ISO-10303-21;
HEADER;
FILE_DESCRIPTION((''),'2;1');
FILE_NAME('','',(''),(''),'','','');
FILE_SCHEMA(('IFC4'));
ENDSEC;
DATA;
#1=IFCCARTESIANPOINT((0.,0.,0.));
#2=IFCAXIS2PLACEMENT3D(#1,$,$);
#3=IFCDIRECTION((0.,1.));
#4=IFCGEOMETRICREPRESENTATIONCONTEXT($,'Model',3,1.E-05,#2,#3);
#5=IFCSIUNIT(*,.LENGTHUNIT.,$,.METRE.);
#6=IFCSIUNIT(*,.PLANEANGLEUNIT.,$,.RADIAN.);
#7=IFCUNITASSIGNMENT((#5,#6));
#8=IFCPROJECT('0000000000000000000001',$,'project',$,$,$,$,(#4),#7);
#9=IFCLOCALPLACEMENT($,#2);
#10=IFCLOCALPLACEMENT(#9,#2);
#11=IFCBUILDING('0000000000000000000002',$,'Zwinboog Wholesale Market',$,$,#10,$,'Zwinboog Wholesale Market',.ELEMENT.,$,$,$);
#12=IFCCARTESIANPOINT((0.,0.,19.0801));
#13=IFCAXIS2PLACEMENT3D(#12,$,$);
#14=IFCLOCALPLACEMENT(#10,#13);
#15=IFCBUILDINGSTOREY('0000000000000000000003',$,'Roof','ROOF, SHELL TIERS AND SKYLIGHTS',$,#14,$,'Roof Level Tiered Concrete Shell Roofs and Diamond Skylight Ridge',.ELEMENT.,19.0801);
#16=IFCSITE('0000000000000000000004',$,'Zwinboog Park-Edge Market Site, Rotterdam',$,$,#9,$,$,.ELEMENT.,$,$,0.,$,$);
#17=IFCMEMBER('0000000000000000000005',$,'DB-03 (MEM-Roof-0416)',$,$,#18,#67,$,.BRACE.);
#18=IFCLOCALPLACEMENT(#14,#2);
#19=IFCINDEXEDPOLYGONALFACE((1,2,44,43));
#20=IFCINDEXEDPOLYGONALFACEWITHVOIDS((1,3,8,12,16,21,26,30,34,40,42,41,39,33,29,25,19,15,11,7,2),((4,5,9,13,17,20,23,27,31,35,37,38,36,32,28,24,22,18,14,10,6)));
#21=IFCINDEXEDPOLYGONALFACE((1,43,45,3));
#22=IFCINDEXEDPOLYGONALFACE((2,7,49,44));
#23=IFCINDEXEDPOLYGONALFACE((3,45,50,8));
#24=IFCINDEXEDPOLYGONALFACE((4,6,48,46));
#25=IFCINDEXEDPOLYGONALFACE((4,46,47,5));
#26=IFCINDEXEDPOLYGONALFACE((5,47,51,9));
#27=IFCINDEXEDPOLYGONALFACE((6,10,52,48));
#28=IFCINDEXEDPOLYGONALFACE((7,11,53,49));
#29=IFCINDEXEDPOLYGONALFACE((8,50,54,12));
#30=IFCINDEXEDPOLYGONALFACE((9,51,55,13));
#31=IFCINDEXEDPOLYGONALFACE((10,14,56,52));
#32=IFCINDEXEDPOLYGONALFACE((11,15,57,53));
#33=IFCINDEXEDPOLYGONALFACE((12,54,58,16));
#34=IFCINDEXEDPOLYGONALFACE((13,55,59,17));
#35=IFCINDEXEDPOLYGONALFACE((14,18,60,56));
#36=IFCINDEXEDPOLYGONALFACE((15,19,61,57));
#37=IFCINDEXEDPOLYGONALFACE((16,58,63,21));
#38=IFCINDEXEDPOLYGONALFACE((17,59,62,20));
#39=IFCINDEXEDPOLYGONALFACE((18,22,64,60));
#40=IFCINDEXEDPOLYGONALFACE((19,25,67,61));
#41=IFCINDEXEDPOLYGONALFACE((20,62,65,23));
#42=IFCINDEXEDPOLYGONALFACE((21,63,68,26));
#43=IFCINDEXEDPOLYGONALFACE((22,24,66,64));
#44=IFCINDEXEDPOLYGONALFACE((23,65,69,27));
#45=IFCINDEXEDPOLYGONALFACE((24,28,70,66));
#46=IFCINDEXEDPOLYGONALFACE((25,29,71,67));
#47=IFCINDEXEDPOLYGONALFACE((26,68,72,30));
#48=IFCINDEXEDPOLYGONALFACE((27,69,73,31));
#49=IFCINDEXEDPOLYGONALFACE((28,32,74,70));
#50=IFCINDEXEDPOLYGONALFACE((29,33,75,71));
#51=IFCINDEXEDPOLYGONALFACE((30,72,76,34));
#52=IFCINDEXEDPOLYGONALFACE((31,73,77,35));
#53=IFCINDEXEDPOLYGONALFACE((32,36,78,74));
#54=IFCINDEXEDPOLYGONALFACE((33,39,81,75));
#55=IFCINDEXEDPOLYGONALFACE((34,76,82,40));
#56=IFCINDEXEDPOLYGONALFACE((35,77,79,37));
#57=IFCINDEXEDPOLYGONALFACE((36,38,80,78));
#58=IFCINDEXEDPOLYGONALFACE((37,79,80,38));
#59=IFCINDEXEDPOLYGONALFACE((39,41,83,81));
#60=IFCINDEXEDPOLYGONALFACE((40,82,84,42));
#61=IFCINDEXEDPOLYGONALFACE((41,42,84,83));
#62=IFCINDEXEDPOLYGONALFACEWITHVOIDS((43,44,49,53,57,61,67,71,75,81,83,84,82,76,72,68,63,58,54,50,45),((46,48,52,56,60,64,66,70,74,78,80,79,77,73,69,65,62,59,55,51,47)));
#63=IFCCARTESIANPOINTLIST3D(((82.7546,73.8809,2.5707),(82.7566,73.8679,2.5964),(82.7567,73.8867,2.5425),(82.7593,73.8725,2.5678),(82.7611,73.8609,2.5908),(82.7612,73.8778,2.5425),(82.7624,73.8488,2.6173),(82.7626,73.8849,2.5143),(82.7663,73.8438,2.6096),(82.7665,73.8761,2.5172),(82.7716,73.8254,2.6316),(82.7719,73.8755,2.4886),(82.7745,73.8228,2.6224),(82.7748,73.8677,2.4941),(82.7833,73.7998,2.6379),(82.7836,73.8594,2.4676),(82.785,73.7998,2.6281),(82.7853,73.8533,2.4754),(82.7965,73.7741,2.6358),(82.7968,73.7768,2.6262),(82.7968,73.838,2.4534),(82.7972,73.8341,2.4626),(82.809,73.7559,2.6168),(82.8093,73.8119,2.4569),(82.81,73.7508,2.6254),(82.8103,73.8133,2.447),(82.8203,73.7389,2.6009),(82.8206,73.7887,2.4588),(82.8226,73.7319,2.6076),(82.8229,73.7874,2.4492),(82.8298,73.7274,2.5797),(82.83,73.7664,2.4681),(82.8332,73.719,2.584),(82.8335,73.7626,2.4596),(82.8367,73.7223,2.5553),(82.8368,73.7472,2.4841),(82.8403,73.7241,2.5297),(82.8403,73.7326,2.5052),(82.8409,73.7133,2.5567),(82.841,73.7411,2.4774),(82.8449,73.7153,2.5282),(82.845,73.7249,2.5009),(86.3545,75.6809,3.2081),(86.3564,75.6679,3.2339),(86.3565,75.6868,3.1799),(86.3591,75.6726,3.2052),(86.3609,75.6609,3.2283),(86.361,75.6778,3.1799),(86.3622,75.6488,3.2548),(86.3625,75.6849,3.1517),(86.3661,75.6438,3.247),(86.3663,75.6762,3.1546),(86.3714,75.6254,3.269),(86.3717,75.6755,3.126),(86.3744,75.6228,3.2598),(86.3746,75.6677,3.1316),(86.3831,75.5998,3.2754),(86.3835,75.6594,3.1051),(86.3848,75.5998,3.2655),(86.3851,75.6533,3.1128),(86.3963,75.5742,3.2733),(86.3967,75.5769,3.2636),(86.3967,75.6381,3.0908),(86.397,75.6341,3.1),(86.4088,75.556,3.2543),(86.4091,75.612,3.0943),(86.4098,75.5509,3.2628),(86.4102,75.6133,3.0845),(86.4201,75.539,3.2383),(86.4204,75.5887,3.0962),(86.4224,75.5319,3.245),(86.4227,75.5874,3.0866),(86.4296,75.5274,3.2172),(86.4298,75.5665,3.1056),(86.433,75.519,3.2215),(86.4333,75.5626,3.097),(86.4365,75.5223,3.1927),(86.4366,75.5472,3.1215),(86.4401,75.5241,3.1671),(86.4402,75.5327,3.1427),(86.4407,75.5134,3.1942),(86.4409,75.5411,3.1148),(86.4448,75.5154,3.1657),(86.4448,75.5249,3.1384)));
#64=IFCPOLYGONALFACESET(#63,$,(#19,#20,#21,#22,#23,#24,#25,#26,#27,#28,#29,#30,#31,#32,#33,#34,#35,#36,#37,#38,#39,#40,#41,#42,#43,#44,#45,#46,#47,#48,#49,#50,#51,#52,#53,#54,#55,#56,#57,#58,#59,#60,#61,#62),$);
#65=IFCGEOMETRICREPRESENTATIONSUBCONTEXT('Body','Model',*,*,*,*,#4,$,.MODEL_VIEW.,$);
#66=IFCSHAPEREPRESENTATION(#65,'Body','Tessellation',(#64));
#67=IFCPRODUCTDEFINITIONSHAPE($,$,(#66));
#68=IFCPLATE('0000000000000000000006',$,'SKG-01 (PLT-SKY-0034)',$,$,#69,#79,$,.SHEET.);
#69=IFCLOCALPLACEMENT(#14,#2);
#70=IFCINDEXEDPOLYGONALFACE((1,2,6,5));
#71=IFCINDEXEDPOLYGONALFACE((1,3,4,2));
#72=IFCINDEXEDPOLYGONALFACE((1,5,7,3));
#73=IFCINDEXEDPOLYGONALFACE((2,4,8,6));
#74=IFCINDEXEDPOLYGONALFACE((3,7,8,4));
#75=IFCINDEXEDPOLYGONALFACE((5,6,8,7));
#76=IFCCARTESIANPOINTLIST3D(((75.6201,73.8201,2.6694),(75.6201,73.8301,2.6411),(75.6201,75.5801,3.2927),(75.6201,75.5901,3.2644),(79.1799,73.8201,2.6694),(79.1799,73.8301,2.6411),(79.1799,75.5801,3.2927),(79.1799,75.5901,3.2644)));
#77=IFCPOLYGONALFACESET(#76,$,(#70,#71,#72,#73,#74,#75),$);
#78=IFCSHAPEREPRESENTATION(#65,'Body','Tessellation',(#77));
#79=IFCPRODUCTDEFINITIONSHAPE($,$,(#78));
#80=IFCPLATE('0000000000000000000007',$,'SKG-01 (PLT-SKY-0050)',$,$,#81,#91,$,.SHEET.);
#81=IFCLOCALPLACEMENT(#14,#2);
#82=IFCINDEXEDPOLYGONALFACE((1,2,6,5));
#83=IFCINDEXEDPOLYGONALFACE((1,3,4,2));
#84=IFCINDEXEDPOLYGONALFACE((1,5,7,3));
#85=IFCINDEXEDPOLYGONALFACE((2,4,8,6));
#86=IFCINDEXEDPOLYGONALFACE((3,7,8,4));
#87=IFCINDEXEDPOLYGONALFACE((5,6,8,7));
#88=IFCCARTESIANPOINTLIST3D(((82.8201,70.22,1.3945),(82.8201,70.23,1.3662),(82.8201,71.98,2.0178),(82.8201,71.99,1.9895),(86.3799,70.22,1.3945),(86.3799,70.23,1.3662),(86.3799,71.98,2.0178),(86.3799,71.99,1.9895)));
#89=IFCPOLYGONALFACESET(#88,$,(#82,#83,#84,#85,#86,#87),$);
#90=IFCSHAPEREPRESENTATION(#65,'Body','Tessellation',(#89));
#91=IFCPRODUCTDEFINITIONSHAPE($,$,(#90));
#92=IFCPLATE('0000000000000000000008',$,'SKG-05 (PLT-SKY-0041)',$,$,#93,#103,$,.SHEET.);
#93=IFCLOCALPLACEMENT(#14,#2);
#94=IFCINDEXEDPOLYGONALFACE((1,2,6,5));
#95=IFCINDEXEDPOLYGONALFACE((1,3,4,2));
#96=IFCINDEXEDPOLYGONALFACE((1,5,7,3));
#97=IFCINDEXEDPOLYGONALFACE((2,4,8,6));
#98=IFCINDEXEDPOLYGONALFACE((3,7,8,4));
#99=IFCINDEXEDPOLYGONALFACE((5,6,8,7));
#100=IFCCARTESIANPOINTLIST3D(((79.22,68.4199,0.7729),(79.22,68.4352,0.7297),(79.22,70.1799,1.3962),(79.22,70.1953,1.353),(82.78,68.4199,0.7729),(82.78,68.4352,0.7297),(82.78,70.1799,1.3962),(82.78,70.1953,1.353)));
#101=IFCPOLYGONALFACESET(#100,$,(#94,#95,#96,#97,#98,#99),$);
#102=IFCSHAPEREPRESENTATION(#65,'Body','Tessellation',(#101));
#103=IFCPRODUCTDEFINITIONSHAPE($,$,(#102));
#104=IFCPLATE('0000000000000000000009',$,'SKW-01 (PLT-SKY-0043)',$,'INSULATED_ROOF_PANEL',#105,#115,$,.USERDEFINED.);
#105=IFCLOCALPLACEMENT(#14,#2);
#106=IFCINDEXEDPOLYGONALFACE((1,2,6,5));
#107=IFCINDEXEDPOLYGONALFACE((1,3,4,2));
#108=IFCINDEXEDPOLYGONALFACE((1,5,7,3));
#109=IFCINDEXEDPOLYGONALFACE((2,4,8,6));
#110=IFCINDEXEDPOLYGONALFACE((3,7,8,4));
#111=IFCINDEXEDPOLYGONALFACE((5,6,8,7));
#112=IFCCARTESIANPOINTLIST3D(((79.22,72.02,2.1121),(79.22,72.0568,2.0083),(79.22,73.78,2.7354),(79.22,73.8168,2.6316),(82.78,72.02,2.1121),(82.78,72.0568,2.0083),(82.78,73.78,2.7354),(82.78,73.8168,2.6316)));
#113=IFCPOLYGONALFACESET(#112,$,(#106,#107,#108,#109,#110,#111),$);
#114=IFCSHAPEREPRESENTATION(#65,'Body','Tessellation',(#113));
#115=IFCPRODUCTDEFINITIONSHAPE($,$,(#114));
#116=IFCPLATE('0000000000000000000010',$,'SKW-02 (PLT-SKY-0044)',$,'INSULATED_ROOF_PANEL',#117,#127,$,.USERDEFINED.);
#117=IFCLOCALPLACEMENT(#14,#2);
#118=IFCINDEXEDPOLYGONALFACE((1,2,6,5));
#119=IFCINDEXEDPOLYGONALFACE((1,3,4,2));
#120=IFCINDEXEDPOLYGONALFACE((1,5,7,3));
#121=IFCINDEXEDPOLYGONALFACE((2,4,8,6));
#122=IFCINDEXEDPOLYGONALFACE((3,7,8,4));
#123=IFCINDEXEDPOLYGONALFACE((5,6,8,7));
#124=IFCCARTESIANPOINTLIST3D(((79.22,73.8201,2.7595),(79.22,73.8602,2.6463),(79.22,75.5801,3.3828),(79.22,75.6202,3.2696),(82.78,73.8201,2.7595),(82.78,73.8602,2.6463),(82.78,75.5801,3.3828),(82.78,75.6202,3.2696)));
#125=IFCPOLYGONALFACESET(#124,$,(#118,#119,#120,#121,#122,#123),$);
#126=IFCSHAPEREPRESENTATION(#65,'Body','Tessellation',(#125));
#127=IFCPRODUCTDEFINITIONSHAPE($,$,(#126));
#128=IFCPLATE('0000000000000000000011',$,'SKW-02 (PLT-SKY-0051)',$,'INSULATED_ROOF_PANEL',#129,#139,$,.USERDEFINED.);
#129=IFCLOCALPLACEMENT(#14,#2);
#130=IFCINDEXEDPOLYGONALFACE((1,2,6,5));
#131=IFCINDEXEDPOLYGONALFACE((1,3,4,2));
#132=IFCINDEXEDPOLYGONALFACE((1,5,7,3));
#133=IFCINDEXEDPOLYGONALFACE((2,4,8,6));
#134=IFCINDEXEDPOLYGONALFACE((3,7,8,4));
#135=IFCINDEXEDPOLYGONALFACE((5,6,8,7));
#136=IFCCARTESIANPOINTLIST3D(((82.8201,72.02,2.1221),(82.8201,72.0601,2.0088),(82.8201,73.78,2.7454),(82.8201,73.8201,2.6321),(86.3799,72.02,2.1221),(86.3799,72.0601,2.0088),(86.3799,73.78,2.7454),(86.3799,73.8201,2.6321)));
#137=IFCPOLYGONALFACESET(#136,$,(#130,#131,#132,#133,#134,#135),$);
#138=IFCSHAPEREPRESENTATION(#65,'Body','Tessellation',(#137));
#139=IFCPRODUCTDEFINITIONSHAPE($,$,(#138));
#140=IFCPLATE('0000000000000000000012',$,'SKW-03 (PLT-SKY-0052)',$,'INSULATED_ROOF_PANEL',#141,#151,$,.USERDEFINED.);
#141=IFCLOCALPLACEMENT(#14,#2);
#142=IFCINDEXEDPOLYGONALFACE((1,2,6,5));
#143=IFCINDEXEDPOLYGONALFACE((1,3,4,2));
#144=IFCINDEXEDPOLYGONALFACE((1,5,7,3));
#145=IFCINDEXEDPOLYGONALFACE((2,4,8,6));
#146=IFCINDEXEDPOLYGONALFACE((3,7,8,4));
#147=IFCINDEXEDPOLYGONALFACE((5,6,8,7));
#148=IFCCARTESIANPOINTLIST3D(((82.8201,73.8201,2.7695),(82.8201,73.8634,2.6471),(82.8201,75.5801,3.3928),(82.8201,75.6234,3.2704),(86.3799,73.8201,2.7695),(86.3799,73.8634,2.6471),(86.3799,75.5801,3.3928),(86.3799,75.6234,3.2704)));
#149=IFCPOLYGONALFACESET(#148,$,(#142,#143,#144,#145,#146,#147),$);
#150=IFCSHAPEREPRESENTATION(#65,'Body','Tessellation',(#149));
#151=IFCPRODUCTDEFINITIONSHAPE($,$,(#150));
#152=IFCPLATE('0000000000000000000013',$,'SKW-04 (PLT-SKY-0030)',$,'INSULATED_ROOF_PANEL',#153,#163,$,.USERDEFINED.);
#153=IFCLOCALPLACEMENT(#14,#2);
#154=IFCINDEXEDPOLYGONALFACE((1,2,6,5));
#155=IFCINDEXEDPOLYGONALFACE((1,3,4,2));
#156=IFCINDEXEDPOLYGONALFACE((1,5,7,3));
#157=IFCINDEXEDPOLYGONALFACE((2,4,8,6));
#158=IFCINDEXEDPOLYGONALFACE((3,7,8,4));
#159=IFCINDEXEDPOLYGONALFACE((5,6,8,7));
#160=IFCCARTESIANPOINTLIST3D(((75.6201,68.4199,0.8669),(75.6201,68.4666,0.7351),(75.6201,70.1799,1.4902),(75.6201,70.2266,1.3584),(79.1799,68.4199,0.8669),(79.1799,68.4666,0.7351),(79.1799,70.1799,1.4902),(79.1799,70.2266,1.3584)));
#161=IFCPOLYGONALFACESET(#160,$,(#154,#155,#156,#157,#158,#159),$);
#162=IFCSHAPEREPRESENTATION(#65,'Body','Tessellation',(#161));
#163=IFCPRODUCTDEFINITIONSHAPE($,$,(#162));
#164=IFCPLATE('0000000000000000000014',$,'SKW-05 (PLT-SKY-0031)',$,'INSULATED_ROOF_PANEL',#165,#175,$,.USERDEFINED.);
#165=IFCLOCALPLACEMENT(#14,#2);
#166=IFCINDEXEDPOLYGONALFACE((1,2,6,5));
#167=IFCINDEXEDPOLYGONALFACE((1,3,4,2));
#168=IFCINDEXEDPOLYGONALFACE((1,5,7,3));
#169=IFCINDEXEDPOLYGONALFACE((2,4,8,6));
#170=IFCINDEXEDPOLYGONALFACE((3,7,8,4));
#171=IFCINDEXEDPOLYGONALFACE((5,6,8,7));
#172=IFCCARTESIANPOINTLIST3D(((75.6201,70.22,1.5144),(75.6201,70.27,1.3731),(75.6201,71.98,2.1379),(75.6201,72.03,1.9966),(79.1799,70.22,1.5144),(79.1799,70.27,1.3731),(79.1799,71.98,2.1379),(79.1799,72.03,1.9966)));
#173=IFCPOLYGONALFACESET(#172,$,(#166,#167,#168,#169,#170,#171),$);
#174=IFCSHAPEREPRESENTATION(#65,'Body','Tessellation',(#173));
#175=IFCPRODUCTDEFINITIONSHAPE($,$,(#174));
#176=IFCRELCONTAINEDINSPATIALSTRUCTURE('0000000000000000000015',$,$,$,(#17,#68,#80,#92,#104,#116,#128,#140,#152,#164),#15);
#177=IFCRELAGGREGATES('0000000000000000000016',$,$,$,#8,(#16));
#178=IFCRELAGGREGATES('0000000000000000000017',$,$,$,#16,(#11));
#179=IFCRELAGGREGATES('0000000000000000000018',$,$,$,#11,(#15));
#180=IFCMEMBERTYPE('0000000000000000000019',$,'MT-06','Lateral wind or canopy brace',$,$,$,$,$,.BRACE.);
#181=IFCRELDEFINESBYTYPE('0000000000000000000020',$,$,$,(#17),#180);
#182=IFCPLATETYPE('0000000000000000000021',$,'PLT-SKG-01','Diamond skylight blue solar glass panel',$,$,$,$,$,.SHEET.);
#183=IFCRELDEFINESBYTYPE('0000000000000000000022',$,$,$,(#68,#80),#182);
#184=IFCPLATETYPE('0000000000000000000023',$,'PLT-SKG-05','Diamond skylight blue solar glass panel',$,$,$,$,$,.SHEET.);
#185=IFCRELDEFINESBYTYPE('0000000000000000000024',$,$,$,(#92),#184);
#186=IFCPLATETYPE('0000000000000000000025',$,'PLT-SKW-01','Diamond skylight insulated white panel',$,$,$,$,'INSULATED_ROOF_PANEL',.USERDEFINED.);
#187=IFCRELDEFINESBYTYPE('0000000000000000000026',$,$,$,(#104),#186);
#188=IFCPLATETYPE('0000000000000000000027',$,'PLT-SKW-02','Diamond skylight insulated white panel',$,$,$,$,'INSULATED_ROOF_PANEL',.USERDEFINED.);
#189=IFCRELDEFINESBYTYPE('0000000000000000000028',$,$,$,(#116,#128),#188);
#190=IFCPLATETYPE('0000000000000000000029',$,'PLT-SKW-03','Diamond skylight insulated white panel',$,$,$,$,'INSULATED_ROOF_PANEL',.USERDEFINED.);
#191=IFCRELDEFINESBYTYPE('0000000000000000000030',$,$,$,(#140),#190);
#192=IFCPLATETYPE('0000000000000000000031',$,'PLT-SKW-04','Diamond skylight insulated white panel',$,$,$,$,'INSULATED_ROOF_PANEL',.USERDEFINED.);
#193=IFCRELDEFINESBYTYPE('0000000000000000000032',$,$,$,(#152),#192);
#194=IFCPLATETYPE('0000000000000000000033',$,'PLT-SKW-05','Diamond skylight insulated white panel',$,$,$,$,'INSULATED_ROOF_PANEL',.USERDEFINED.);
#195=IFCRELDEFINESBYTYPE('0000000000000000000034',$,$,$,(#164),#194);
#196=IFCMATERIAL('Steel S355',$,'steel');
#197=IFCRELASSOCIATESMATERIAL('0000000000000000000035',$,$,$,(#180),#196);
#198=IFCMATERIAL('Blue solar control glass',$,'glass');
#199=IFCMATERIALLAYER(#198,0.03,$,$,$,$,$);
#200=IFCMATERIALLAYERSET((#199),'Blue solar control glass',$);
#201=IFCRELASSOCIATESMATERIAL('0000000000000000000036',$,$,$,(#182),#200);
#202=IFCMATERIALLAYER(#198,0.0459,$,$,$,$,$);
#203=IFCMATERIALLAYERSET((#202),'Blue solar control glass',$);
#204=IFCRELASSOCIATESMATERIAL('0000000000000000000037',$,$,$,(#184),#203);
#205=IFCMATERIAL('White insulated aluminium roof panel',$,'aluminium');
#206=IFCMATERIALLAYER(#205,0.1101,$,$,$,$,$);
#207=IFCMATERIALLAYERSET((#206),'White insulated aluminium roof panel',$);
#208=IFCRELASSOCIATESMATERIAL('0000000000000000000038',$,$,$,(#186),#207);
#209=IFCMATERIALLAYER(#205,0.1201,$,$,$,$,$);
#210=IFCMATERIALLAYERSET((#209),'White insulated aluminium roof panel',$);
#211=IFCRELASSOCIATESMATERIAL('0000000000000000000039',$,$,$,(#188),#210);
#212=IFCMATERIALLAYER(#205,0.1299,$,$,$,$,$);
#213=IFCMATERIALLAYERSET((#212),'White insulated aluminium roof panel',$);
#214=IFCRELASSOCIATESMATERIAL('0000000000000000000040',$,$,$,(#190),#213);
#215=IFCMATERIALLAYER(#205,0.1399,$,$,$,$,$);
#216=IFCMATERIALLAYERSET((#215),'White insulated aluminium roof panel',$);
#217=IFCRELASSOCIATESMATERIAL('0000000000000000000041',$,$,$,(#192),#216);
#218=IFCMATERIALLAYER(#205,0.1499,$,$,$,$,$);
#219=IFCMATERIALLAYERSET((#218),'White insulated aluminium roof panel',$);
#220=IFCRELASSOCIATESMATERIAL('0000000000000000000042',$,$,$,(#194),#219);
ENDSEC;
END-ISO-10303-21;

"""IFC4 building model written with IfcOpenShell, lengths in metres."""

from ifc_helpers import new_model, si_unit, direction, frame, origin, origin_2d, place, context, subcontext, project, spatial, polyline, hollow_circle, outline, extrude, material, layer, layer_set, material_profile, profile_set, type_object, element, save


model = new_model("IFC4")

# Units and contexts
model_context = context("Model", 3, precision=1e-05, world=origin(), true_north=direction((0.0, 1.0)))
body_context = subcontext(model_context, "Body", "Model", "MODEL_VIEW")
ifc_project = project(units=[si_unit("LENGTHUNIT", "METRE"), si_unit("PLANEANGLEUNIT", "RADIAN")], contexts=[model_context])

# Site, building, storey
site_placement = place(None, origin())
site = spatial("IfcSite", under=ifc_project, at=site_placement, Name="Zwinboog Park-Edge Market Site, Rotterdam", CompositionType="ELEMENT", RefElevation=0.0)
building_placement = place(site_placement, origin())
building = spatial("IfcBuilding", under=site, at=building_placement, Name="Zwinboog Wholesale Market", LongName="Zwinboog Wholesale Market", CompositionType="ELEMENT")
storey_placement = place(building_placement, frame((0.0, 0.0, 19.0801)))
storey = spatial("IfcBuildingStorey", under=building, at=storey_placement, Name="Roof", Description="ROOF, SHELL TIERS AND SKYLIGHTS", LongName="Roof Level Tiered Concrete Shell Roofs and Diamond Skylight Ridge", CompositionType="ELEMENT", Elevation=19.0801)

# Member
ifc_material_1 = material(Name="Steel S355", Category="steel")
ifc_material_profile_1 = material_profile(ifc_material_1, hollow_circle(Radius=0.0969, WallThickness=0.01, at=origin_2d()), Name="CHS 193.7x10")
ifc_profile_set_1 = profile_set([ifc_material_profile_1], Name="Steel S355")
member_type_1 = type_object("IfcMemberType", Name="MT-06", Description="Lateral wind or canopy brace", PredefinedType="BRACE", material=ifc_profile_set_1)
for number, where, z_axis, x_axis, name in (
    (1, (82.8, 73.8, 2.5425), (0.883404, 0.441732, 0.15643), (-0.447238, 0.894415, 0.0), "DB-03 (MEM-Roof-0416)"),
):
    element("IfcMember", number, at=place(storey_placement, frame(where, z_axis=z_axis, x_axis=x_axis)), inside=storey, type_object=member_type_1, Name=name, PredefinedType="BRACE", context=body_context, shape_type="SweptSolid", body=[
        extrude(hollow_circle(Radius=0.0969, WallThickness=0.01, at=origin_2d()), origin(), (0.0, 0.0, 1.0), 4.075),
    ])

# Plates
ifc_material_2 = material(Name="Blue solar control glass", Category="glass")
ifc_layer_1 = layer(ifc_material_2, 0.03)
ifc_layer_set_1 = layer_set([ifc_layer_1], Name="Blue solar control glass")
plate_type_1 = type_object("IfcPlateType", Name="PLT-SKG-01", Description="Diamond skylight blue solar glass panel", PredefinedType="SHEET", material=ifc_layer_set_1)
for number, where, z_axis, x_axis, name in (
    (2, (75.6201, 73.8201, 2.6694), (0.0, -0.333825, 0.942635), (1.0, 0.0, 0.0), "SKG-01 (PLT-SKY-0034)"),
    (3, (82.8201, 70.22, 1.3945), (0.0, -0.333825, 0.942635), (1.0, 0.0, 0.0), "SKG-01 (PLT-SKY-0050)"),
):
    element("IfcPlate", number, at=place(storey_placement, frame(where, z_axis=z_axis, x_axis=x_axis)), inside=storey, type_object=plate_type_1, Name=name, PredefinedType="SHEET", context=body_context, shape_type="SweptSolid", body=[
        extrude(outline(polyline([(0.0, 0.0), (3.5598, 0.0), (3.5598, 1.8671), (0.0, 1.8671), (0.0, 0.0)])), origin(), (0.0, 0.0, -1.0), 0.03),
    ])
ifc_layer_2 = layer(ifc_material_2, 0.0459)
ifc_layer_set_2 = layer_set([ifc_layer_2], Name="Blue solar control glass")
plate_type_2 = type_object("IfcPlateType", Name="PLT-SKG-05", Description="Diamond skylight blue solar glass panel", PredefinedType="SHEET", material=ifc_layer_set_2)
plate_1_placement = place(storey_placement, frame((79.22, 68.4199, 0.7729), z_axis=(0.0, -0.333825, 0.942635), x_axis=(1.0, 0.0, 0.0)))
element("IfcPlate", 4, at=plate_1_placement, inside=storey, type_object=plate_type_2, Name="SKG-05 (PLT-SKY-0041)", PredefinedType="SHEET", context=body_context, shape_type="SweptSolid", body=[
    extrude(outline(polyline([(0.0, 0.0), (3.5601, 0.0), (3.5601, 1.8671), (0.0, 1.8671), (0.0, 0.0)])), origin(), (0.0, 0.0, -1.0), 0.0459),
])
ifc_material_3 = material(Name="White insulated aluminium roof panel", Category="aluminium")
ifc_layer_3 = layer(ifc_material_3, 0.1101)
ifc_layer_set_3 = layer_set([ifc_layer_3], Name="White insulated aluminium roof panel")
plate_type_3 = type_object("IfcPlateType", Name="PLT-SKW-01", Description="Diamond skylight insulated white panel", ElementType="INSULATED_ROOF_PANEL", PredefinedType="USERDEFINED", material=ifc_layer_set_3)
plate_2_placement = place(storey_placement, frame((79.22, 72.02, 2.1121), z_axis=(0.0, -0.333825, 0.942635), x_axis=(1.0, 0.0, 0.0)))
element("IfcPlate", 5, at=plate_2_placement, inside=storey, type_object=plate_type_3, Name="SKW-01 (PLT-SKY-0043)", ObjectType="INSULATED_ROOF_PANEL", PredefinedType="USERDEFINED", context=body_context, shape_type="SweptSolid", body=[
    extrude(outline(polyline([(0.0, 0.0), (3.5601, 0.0), (3.5601, 1.8671), (0.0, 1.8671), (0.0, 0.0)])), origin(), (0.0, 0.0, -1.0), 0.1101),
])
ifc_layer_4 = layer(ifc_material_3, 0.1201)
ifc_layer_set_4 = layer_set([ifc_layer_4], Name="White insulated aluminium roof panel")
plate_type_4 = type_object("IfcPlateType", Name="PLT-SKW-02", Description="Diamond skylight insulated white panel", ElementType="INSULATED_ROOF_PANEL", PredefinedType="USERDEFINED", material=ifc_layer_set_4)
plate_3_placement = place(storey_placement, frame((79.22, 73.8201, 2.7595), z_axis=(0.0, -0.333825, 0.942635), x_axis=(1.0, 0.0, 0.0)))
element("IfcPlate", 6, at=plate_3_placement, inside=storey, type_object=plate_type_4, Name="SKW-02 (PLT-SKY-0044)", ObjectType="INSULATED_ROOF_PANEL", PredefinedType="USERDEFINED", context=body_context, shape_type="SweptSolid", body=[
    extrude(outline(polyline([(0.0, 0.0), (3.5601, 0.0), (3.5601, 1.8671), (0.0, 1.8671), (0.0, 0.0)])), origin(), (0.0, 0.0, -1.0), 0.1201),
])
plate_4_placement = place(storey_placement, frame((82.8201, 72.02, 2.1221), z_axis=(0.0, -0.333825, 0.942635), x_axis=(1.0, 0.0, 0.0)))
element("IfcPlate", 7, at=plate_4_placement, inside=storey, type_object=plate_type_4, Name="SKW-02 (PLT-SKY-0051)", ObjectType="INSULATED_ROOF_PANEL", PredefinedType="USERDEFINED", context=body_context, shape_type="SweptSolid", body=[
    extrude(outline(polyline([(0.0, 0.0), (3.5598, 0.0), (3.5598, 1.8671), (0.0, 1.8671), (0.0, 0.0)])), origin(), (0.0, 0.0, -1.0), 0.1201),
])
ifc_layer_5 = layer(ifc_material_3, 0.1299)
ifc_layer_set_5 = layer_set([ifc_layer_5], Name="White insulated aluminium roof panel")
plate_type_5 = type_object("IfcPlateType", Name="PLT-SKW-03", Description="Diamond skylight insulated white panel", ElementType="INSULATED_ROOF_PANEL", PredefinedType="USERDEFINED", material=ifc_layer_set_5)
plate_5_placement = place(storey_placement, frame((82.8201, 73.8201, 2.7695), z_axis=(0.0, -0.333825, 0.942635), x_axis=(1.0, 0.0, 0.0)))
element("IfcPlate", 8, at=plate_5_placement, inside=storey, type_object=plate_type_5, Name="SKW-03 (PLT-SKY-0052)", ObjectType="INSULATED_ROOF_PANEL", PredefinedType="USERDEFINED", context=body_context, shape_type="SweptSolid", body=[
    extrude(outline(polyline([(0.0, 0.0), (3.5598, 0.0), (3.5598, 1.8671), (0.0, 1.8671), (0.0, 0.0)])), origin(), (0.0, 0.0, -1.0), 0.1299),
])
ifc_layer_6 = layer(ifc_material_3, 0.1399)
ifc_layer_set_6 = layer_set([ifc_layer_6], Name="White insulated aluminium roof panel")
plate_type_6 = type_object("IfcPlateType", Name="PLT-SKW-04", Description="Diamond skylight insulated white panel", ElementType="INSULATED_ROOF_PANEL", PredefinedType="USERDEFINED", material=ifc_layer_set_6)
plate_6_placement = place(storey_placement, frame((75.6201, 68.4199, 0.8669), z_axis=(0.0, -0.333825, 0.942635), x_axis=(1.0, 0.0, 0.0)))
element("IfcPlate", 9, at=plate_6_placement, inside=storey, type_object=plate_type_6, Name="SKW-04 (PLT-SKY-0030)", ObjectType="INSULATED_ROOF_PANEL", PredefinedType="USERDEFINED", context=body_context, shape_type="SweptSolid", body=[
    extrude(outline(polyline([(0.0, 0.0), (3.5598, 0.0), (3.5598, 1.8671), (0.0, 1.8671), (0.0, 0.0)])), origin(), (0.0, 0.0, -1.0), 0.1399),
])
ifc_layer_7 = layer(ifc_material_3, 0.1499)
ifc_layer_set_7 = layer_set([ifc_layer_7], Name="White insulated aluminium roof panel")
plate_type_7 = type_object("IfcPlateType", Name="PLT-SKW-05", Description="Diamond skylight insulated white panel", ElementType="INSULATED_ROOF_PANEL", PredefinedType="USERDEFINED", material=ifc_layer_set_7)
plate_7_placement = place(storey_placement, frame((75.6201, 70.22, 1.5144), z_axis=(0.0, -0.333942, 0.942594), x_axis=(1.0, 0.0, 0.0)))
element("IfcPlate", 10, at=plate_7_placement, inside=storey, type_object=plate_type_7, Name="SKW-05 (PLT-SKY-0031)", ObjectType="INSULATED_ROOF_PANEL", PredefinedType="USERDEFINED", context=body_context, shape_type="SweptSolid", body=[
    extrude(outline(polyline([(0.0, 0.0), (3.5598, 0.0), (3.5598, 1.8672), (0.0, 1.8672), (0.0, 0.0)])), origin(), (0.0, 0.0, -1.0), 0.1499),
])

save(model, "model.ifc")
